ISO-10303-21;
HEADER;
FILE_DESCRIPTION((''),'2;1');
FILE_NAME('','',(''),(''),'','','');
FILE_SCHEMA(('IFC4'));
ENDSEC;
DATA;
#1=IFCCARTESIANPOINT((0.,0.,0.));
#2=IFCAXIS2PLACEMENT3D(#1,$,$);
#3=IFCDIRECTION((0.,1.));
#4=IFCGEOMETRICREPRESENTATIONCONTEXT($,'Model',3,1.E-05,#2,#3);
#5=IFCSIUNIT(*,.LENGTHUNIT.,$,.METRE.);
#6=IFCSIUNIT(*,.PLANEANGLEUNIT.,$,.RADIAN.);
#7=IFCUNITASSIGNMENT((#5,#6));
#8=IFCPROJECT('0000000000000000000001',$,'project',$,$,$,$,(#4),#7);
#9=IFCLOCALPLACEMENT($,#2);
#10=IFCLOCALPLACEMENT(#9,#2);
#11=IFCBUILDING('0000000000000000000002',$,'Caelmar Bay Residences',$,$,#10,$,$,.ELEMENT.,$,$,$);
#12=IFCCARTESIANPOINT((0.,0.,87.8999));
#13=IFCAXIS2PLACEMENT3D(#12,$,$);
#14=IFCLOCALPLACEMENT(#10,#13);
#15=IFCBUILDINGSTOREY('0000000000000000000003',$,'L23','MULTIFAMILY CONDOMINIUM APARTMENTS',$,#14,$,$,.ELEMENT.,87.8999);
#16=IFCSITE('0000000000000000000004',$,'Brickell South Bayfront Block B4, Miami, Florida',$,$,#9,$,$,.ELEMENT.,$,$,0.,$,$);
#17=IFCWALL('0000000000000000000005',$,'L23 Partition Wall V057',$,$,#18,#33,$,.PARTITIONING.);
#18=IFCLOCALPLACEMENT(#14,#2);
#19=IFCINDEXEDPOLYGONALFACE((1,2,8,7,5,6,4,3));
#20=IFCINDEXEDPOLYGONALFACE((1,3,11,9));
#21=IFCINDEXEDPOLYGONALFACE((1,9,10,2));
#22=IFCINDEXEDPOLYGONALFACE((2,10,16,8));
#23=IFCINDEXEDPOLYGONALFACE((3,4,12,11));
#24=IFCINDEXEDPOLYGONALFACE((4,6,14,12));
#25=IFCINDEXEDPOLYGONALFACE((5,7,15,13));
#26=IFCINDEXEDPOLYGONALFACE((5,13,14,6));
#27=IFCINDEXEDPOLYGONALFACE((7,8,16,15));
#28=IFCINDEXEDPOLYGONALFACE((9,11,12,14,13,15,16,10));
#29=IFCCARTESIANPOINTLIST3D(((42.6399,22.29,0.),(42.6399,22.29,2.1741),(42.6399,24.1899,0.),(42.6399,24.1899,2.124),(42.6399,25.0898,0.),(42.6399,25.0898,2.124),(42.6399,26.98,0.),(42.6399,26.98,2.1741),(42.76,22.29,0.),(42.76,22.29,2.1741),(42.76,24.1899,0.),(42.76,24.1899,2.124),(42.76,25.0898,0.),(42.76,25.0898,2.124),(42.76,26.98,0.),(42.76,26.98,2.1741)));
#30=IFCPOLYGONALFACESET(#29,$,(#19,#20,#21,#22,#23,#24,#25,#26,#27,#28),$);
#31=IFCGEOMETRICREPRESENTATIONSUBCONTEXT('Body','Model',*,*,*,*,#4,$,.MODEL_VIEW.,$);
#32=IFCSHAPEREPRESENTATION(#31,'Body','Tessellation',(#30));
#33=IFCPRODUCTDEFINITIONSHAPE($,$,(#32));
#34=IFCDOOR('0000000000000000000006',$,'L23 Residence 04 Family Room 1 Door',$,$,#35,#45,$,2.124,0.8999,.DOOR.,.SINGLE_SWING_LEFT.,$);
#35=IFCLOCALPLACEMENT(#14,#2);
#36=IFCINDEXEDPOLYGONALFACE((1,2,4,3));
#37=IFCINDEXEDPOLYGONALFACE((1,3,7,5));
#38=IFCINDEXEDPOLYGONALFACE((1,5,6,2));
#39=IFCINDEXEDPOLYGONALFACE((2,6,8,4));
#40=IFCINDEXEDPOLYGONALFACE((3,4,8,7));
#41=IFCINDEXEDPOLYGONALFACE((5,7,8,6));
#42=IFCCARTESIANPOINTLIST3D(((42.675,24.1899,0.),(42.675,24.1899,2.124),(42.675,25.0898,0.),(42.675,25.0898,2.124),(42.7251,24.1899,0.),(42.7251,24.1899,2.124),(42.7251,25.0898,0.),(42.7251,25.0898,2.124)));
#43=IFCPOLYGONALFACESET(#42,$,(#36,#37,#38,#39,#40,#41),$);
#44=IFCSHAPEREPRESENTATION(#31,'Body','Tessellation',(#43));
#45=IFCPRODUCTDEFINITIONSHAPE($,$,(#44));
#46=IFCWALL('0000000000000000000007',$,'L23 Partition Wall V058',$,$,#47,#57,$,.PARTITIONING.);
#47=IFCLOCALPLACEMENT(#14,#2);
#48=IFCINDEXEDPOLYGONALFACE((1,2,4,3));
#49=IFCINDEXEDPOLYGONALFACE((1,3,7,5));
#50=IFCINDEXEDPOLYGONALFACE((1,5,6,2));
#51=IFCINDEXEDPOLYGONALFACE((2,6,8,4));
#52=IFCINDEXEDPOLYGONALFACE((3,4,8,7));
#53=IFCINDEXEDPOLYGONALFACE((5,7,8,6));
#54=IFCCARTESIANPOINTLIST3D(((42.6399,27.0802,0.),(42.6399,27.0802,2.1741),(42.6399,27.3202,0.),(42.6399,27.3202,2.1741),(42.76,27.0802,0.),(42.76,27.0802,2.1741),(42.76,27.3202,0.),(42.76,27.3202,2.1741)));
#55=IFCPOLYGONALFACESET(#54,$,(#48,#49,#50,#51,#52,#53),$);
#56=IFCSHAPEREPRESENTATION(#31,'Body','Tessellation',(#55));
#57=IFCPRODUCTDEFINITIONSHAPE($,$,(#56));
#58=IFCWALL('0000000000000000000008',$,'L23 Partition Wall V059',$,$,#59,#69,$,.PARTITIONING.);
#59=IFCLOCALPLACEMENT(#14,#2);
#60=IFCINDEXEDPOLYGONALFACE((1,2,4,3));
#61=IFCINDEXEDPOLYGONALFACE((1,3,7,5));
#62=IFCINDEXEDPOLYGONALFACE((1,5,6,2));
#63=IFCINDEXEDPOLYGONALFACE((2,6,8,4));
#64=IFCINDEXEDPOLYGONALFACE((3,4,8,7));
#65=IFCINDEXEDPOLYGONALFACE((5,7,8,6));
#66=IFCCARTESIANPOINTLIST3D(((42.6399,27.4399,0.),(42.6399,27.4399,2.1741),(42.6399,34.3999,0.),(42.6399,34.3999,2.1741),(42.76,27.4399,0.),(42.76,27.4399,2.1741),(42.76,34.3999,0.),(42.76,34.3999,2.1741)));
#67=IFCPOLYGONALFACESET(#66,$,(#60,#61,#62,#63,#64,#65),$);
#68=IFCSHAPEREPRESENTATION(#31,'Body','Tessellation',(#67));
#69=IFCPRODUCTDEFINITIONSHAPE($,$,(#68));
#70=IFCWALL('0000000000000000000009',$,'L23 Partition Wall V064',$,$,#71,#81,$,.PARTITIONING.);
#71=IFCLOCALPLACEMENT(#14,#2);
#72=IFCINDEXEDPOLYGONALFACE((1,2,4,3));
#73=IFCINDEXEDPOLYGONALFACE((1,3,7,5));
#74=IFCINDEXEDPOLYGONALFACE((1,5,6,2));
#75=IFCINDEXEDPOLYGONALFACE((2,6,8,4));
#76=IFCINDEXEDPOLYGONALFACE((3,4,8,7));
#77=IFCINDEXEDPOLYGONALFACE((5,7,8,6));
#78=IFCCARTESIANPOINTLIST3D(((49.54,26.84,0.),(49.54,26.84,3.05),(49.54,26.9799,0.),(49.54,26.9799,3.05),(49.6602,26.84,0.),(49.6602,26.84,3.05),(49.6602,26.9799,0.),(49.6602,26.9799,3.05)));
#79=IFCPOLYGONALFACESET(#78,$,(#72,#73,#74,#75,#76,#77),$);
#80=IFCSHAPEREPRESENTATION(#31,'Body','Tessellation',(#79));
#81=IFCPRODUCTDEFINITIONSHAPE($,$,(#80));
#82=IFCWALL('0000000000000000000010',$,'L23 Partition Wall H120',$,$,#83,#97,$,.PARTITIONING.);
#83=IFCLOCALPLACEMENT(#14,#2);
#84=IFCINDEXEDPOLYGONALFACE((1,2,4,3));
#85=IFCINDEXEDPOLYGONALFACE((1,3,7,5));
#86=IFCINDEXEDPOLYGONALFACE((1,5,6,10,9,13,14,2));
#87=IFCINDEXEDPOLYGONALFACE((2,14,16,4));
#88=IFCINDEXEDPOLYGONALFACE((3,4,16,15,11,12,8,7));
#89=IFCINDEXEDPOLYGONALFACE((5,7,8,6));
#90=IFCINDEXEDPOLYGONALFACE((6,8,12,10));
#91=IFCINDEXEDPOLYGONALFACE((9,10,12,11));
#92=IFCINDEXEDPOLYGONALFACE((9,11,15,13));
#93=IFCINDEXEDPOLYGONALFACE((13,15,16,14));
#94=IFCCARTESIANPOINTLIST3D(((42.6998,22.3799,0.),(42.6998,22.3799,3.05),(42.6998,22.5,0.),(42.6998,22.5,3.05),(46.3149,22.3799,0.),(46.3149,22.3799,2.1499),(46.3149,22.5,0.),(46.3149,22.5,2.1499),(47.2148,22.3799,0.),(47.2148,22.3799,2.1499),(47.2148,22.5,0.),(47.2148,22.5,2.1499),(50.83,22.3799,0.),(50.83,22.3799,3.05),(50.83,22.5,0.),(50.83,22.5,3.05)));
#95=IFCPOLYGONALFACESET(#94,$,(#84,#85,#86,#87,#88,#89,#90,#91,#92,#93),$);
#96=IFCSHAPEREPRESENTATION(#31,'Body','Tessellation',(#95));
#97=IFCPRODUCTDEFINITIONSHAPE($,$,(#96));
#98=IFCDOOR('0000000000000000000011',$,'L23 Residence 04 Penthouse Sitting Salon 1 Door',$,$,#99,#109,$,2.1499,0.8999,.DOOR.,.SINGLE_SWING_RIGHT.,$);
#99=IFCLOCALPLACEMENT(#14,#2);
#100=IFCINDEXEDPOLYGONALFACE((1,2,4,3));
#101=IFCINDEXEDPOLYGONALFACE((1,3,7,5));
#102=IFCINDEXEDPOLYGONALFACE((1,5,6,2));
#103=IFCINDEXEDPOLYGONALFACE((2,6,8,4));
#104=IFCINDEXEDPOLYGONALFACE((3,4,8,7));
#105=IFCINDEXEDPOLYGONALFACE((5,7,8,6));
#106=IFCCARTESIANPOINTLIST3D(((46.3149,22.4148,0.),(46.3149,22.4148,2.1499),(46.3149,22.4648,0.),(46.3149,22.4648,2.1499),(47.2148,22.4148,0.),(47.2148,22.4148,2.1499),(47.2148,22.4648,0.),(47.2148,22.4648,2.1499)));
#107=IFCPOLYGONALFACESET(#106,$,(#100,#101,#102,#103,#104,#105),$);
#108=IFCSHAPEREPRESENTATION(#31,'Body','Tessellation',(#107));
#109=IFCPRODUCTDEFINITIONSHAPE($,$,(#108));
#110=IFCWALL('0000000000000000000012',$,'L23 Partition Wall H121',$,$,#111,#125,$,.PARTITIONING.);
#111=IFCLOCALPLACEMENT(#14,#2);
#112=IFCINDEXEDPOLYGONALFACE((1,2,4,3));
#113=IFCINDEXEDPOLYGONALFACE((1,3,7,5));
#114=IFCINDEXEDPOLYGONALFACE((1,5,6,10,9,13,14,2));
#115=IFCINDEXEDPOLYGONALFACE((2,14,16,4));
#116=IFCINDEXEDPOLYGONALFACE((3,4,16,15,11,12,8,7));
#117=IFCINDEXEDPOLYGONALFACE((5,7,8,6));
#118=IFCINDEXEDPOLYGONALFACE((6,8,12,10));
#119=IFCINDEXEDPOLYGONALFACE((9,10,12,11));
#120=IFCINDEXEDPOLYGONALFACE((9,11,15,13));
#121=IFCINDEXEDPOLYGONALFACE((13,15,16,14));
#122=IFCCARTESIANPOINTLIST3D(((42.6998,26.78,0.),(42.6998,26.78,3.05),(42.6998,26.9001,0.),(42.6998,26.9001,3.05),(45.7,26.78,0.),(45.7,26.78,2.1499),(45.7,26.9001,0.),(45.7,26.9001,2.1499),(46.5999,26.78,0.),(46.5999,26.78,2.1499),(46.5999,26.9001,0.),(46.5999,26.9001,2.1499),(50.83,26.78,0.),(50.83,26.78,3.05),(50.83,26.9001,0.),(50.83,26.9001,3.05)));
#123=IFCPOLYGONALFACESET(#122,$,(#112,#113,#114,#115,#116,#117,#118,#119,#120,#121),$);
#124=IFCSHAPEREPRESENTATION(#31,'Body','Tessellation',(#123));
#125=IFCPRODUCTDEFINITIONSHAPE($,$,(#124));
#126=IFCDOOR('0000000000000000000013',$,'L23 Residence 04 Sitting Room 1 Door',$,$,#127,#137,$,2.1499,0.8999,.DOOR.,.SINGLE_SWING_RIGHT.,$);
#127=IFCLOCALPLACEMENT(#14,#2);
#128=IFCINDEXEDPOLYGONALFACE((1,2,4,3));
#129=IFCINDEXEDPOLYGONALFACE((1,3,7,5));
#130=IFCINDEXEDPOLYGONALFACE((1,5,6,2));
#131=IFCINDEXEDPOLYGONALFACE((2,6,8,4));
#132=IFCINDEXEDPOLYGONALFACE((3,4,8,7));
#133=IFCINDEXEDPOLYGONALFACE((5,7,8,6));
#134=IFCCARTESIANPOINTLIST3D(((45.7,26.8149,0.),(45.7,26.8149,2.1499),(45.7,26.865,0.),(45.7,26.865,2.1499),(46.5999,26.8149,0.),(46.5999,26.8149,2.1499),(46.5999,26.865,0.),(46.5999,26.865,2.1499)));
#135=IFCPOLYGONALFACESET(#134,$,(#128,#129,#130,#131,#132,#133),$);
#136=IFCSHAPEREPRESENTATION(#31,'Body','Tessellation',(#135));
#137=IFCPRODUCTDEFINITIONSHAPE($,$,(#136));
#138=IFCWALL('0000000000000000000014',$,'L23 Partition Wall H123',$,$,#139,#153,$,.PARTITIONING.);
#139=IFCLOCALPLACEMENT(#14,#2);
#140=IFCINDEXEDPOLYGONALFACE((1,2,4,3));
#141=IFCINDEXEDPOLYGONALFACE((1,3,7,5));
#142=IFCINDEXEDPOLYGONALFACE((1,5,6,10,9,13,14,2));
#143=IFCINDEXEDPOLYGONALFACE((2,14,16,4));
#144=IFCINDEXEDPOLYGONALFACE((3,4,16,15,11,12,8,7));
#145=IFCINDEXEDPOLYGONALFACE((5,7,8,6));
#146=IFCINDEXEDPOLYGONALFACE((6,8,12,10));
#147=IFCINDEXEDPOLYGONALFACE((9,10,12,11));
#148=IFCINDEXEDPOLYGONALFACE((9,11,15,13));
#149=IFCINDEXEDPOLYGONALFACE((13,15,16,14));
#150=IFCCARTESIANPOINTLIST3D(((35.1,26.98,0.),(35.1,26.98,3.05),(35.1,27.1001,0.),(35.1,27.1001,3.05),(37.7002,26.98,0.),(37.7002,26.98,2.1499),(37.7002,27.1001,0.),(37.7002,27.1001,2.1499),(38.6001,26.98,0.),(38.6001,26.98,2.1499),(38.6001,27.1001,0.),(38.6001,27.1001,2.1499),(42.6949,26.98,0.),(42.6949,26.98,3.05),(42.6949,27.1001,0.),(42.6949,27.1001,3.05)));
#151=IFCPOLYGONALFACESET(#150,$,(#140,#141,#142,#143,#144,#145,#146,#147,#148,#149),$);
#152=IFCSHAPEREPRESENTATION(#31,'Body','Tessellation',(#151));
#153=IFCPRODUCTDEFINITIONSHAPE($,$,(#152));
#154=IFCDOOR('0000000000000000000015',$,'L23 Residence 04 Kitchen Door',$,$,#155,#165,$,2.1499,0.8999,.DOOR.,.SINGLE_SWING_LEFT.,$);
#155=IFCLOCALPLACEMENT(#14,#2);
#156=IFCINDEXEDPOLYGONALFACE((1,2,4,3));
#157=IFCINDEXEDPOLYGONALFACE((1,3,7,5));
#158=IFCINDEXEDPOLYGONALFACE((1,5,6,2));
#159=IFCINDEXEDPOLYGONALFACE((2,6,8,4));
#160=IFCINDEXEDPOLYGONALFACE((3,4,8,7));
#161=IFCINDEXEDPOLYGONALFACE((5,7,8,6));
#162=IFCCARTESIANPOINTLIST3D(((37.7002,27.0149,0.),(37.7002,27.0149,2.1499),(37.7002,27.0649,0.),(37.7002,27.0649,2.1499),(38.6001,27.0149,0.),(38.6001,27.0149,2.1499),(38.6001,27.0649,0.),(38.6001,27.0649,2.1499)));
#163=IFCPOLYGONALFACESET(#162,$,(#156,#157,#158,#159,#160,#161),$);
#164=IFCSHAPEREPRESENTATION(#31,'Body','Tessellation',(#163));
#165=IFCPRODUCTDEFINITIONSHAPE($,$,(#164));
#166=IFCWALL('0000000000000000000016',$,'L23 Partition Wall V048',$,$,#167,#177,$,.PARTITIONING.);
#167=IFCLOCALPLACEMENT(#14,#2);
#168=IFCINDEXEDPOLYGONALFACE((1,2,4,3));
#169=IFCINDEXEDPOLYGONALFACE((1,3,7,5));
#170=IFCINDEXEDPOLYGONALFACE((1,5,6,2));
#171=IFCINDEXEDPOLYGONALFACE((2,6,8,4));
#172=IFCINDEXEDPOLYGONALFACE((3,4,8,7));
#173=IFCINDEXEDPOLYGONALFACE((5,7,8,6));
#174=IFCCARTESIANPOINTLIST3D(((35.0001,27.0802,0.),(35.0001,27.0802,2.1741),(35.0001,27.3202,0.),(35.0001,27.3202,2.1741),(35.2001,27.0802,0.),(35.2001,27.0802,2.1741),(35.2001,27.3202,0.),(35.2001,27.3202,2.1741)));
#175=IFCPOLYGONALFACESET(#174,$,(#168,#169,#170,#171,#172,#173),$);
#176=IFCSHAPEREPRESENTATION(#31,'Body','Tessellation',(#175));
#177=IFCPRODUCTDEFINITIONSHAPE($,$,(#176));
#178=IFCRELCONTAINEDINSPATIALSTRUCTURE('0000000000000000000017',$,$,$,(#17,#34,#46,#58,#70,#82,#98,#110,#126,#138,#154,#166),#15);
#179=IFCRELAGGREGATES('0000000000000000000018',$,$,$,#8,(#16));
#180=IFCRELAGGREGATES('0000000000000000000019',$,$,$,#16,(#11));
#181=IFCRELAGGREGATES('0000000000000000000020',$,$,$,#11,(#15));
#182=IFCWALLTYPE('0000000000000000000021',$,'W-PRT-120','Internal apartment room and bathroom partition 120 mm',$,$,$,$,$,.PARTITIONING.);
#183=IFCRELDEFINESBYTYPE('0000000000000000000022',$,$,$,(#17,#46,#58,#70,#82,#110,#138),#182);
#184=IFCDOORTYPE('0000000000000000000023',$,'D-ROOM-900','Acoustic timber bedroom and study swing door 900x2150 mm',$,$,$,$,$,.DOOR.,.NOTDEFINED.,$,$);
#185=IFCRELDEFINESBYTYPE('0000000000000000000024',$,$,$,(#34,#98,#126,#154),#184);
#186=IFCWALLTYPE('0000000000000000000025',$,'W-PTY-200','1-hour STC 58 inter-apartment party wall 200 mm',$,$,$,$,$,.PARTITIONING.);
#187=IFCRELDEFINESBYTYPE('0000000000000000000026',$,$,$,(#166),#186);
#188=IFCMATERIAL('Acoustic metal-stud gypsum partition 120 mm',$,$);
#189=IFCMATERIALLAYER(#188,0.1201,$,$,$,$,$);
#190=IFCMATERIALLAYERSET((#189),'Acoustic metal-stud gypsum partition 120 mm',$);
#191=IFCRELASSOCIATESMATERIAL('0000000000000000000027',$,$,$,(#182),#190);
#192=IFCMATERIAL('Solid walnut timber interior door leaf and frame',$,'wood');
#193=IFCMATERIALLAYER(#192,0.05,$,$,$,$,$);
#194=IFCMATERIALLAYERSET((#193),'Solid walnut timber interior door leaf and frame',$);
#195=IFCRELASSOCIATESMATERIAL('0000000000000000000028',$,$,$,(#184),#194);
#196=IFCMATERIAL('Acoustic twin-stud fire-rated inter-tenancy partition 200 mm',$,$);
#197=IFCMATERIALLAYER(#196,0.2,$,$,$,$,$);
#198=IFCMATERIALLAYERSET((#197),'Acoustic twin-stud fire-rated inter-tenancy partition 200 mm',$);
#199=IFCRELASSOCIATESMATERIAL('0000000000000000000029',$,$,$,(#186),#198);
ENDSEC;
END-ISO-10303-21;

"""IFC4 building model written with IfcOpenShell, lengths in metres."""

from ifc_helpers import new_model, si_unit, direction, frame, frame_2d, origin, place, context, subcontext, project, spatial, rectangle, extrude, material, layer, layer_set, type_object, element, fill, save


model = new_model("IFC4")

# Units and contexts
model_context = context("Model", 3, precision=1e-05, world=origin(), true_north=direction((0.0, 1.0)))
body_context = subcontext(model_context, "Body", "Model", "MODEL_VIEW")
ifc_project = project(units=[si_unit("LENGTHUNIT", "METRE"), si_unit("PLANEANGLEUNIT", "RADIAN")], contexts=[model_context])

# Site, building, storey
site_placement = place(None, origin())
site = spatial("IfcSite", under=ifc_project, at=site_placement, Name="Brickell South Bayfront Block B4, Miami, Florida", CompositionType="ELEMENT", RefElevation=0.0)
building_placement = place(site_placement, origin())
building = spatial("IfcBuilding", under=site, at=building_placement, Name="Caelmar Bay Residences", CompositionType="ELEMENT")
storey_placement = place(building_placement, frame((0.0, 0.0, 87.8999)))
storey = spatial("IfcBuildingStorey", under=building, at=storey_placement, Name="L23", Description="MULTIFAMILY CONDOMINIUM APARTMENTS", CompositionType="ELEMENT", Elevation=87.8999)

# Shared definitions
ifc_material_1 = material(Name="Acoustic metal-stud gypsum partition 120 mm")
ifc_layer_1 = layer(ifc_material_1, 0.1201)
ifc_layer_set_1 = layer_set([ifc_layer_1], Name="Acoustic metal-stud gypsum partition 120 mm")
wall_type_1 = type_object("IfcWallType", Name="W-PRT-120", Description="Internal apartment room and bathroom partition 120 mm", PredefinedType="PARTITIONING", material=ifc_layer_set_1)

# Wall, opening, door
ifc_material_2 = material(Name="Solid walnut timber interior door leaf and frame", Category="wood")
wall_1_placement = place(storey_placement, frame((42.7, 22.29, 0.0), z_axis=(0.0, 0.0, 1.0), x_axis=(0.0, 1.0, 0.0)))
wall_1 = element("IfcWall", 1, at=wall_1_placement, inside=storey, type_object=wall_type_1, Name="L23 Partition Wall V057", PredefinedType="PARTITIONING", context=body_context, shape_type="SweptSolid", body=[
    extrude(rectangle(XDim=4.6899, YDim=0.1201, at=frame_2d((2.345, 0.0))), origin(), (0.0, 0.0, 1.0), 2.1741),
])
opening_1_placement = place(wall_1_placement, frame((1.8999, 0.0, 0.0)))
opening_1 = element("IfcOpeningElement", 2, at=opening_1_placement, cuts=wall_1, PredefinedType="OPENING", context=body_context, shape_type="SweptSolid", body=[
    extrude(rectangle(XDim=0.8999, YDim=2.124, at=frame_2d((0.45, 1.062))), frame((0.0, 0.0701, 0.0), z_axis=(0.0, -1.0, 0.0), x_axis=(1.0, 0.0, 0.0)), (0.0, 0.0, 1.0), 0.1401),
])
ifc_layer_2 = layer(ifc_material_2, 0.05)
ifc_layer_set_2 = layer_set([ifc_layer_2], Name="Solid walnut timber interior door leaf and frame")
door_type_1 = type_object("IfcDoorType", Name="D-ROOM-900", Description="Acoustic timber bedroom and study swing door 900x2150 mm", OperationType="NOTDEFINED", PredefinedType="DOOR", material=ifc_layer_set_2)
door_1_placement = place(opening_1_placement, origin())
door_1 = element("IfcDoor", 3, at=door_1_placement, inside=storey, type_object=door_type_1, Name="L23 Residence 04 Family Room 1 Door", OperationType="SINGLE_SWING_LEFT", OverallHeight=2.124, OverallWidth=0.8999, PredefinedType="DOOR", context=body_context, shape_type="SweptSolid", body=[
    extrude(rectangle(XDim=0.8999, YDim=2.124, at=frame_2d((0.45, 1.062))), frame((0.0, 0.0249, 0.0), z_axis=(0.0, -1.0, 0.0), x_axis=(1.0, 0.0, 0.0)), (0.0, 0.0, 1.0), 0.05),
])
fill(opening_1, door_1)

# Walls
wall_2_placement = place(storey_placement, frame((42.7, 27.0801, 0.0), z_axis=(0.0, 0.0, 1.0), x_axis=(0.0, 1.0, 0.0)))
element("IfcWall", 4, at=wall_2_placement, inside=storey, type_object=wall_type_1, Name="L23 Partition Wall V058", PredefinedType="PARTITIONING", context=body_context, shape_type="SweptSolid", body=[
    extrude(rectangle(XDim=0.24, YDim=0.1201, at=frame_2d((0.1201, 0.0))), origin(), (0.0, 0.0, 1.0), 2.1741),
])
wall_3_placement = place(storey_placement, frame((42.7, 27.4399, 0.0), z_axis=(0.0, 0.0, 1.0), x_axis=(0.0, 1.0, 0.0)))
element("IfcWall", 5, at=wall_3_placement, inside=storey, type_object=wall_type_1, Name="L23 Partition Wall V059", PredefinedType="PARTITIONING", context=body_context, shape_type="SweptSolid", body=[
    extrude(rectangle(XDim=6.96, YDim=0.1201, at=frame_2d((3.48, 0.0))), origin(), (0.0, 0.0, 1.0), 2.1741),
])
wall_4_placement = place(storey_placement, frame((49.6001, 26.8401, 0.0), z_axis=(0.0, 0.0, 1.0), x_axis=(0.0, 1.0, 0.0)))
element("IfcWall", 6, at=wall_4_placement, inside=storey, type_object=wall_type_1, Name="L23 Partition Wall V064", PredefinedType="PARTITIONING", context=body_context, shape_type="SweptSolid", body=[
    extrude(rectangle(XDim=0.1399, YDim=0.1201, at=frame_2d((0.0698, 0.0))), origin(), (0.0, 0.0, 1.0), 3.05),
])

# Walls, openings, doors
wall_5_placement = place(storey_placement, frame((42.7, 22.4399, 0.0), z_axis=(0.0, 0.0, 1.0), x_axis=(1.0, 0.0, 0.0)))
wall_5 = element("IfcWall", 7, at=wall_5_placement, inside=storey, type_object=wall_type_1, Name="L23 Partition Wall H120", PredefinedType="PARTITIONING", context=body_context, shape_type="SweptSolid", body=[
    extrude(rectangle(XDim=8.1301, YDim=0.1201, at=frame_2d((4.0649, 0.0))), origin(), (0.0, 0.0, 1.0), 3.05),
])
opening_2_placement = place(wall_5_placement, frame((3.615, 0.0, 0.0)))
opening_2 = element("IfcOpeningElement", 8, at=opening_2_placement, cuts=wall_5, PredefinedType="OPENING", context=body_context, shape_type="SweptSolid", body=[
    extrude(rectangle(XDim=0.8999, YDim=2.1499, at=frame_2d((0.45, 1.075))), frame((0.0, 0.0701, 0.0), z_axis=(0.0, -1.0, 0.0), x_axis=(1.0, 0.0, 0.0)), (0.0, 0.0, 1.0), 0.1401),
])
door_2_placement = place(opening_2_placement, origin())
door_2 = element("IfcDoor", 9, at=door_2_placement, inside=storey, type_object=door_type_1, Name="L23 Residence 04 Penthouse Sitting Salon 1 Door", OperationType="SINGLE_SWING_RIGHT", OverallHeight=2.1499, OverallWidth=0.8999, PredefinedType="DOOR", context=body_context, shape_type="SweptSolid", body=[
    extrude(rectangle(XDim=0.8999, YDim=2.1499, at=frame_2d((0.45, 1.075))), frame((0.0, 0.0249, 0.0), z_axis=(0.0, -1.0, 0.0), x_axis=(1.0, 0.0, 0.0)), (0.0, 0.0, 1.0), 0.05),
])
fill(opening_2, door_2)
wall_6_placement = place(storey_placement, frame((42.7, 26.8401, 0.0), z_axis=(0.0, 0.0, 1.0), x_axis=(1.0, 0.0, 0.0)))
wall_6 = element("IfcWall", 10, at=wall_6_placement, inside=storey, type_object=wall_type_1, Name="L23 Partition Wall H121", PredefinedType="PARTITIONING", context=body_context, shape_type="SweptSolid", body=[
    extrude(rectangle(XDim=8.1301, YDim=0.1201, at=frame_2d((4.0649, 0.0))), origin(), (0.0, 0.0, 1.0), 3.05),
])
opening_3_placement = place(wall_6_placement, frame((3.0, 0.0, 0.0)))
opening_3 = element("IfcOpeningElement", 11, at=opening_3_placement, cuts=wall_6, PredefinedType="OPENING", context=body_context, shape_type="SweptSolid", body=[
    extrude(rectangle(XDim=0.8999, YDim=2.1499, at=frame_2d((0.45, 1.075))), frame((0.0, 0.0701, 0.0), z_axis=(0.0, -1.0, 0.0), x_axis=(1.0, 0.0, 0.0)), (0.0, 0.0, 1.0), 0.1401),
])
door_3_placement = place(opening_3_placement, origin())
door_3 = element("IfcDoor", 12, at=door_3_placement, inside=storey, type_object=door_type_1, Name="L23 Residence 04 Sitting Room 1 Door", OperationType="SINGLE_SWING_RIGHT", OverallHeight=2.1499, OverallWidth=0.8999, PredefinedType="DOOR", context=body_context, shape_type="SweptSolid", body=[
    extrude(rectangle(XDim=0.8999, YDim=2.1499, at=frame_2d((0.45, 1.075))), frame((0.0, 0.0249, 0.0), z_axis=(0.0, -1.0, 0.0), x_axis=(1.0, 0.0, 0.0)), (0.0, 0.0, 1.0), 0.05),
])
fill(opening_3, door_3)
wall_7_placement = place(storey_placement, frame((35.1001, 27.04, 0.0), z_axis=(0.0, 0.0, 1.0), x_axis=(1.0, 0.0, 0.0)))
wall_7 = element("IfcWall", 13, at=wall_7_placement, inside=storey, type_object=wall_type_1, Name="L23 Partition Wall H123", PredefinedType="PARTITIONING", context=body_context, shape_type="SweptSolid", body=[
    extrude(rectangle(XDim=7.595, YDim=0.1201, at=frame_2d((3.7974, 0.0))), origin(), (0.0, 0.0, 1.0), 3.05),
])
opening_4_placement = place(wall_7_placement, frame((2.6001, 0.0, 0.0)))
opening_4 = element("IfcOpeningElement", 14, at=opening_4_placement, cuts=wall_7, PredefinedType="OPENING", context=body_context, shape_type="SweptSolid", body=[
    extrude(rectangle(XDim=0.8999, YDim=2.1499, at=frame_2d((0.45, 1.075))), frame((0.0, 0.0701, 0.0), z_axis=(0.0, -1.0, 0.0), x_axis=(1.0, 0.0, 0.0)), (0.0, 0.0, 1.0), 0.1401),
])
door_4_placement = place(opening_4_placement, origin())
door_4 = element("IfcDoor", 15, at=door_4_placement, inside=storey, type_object=door_type_1, Name="L23 Residence 04 Kitchen Door", OperationType="SINGLE_SWING_LEFT", OverallHeight=2.1499, OverallWidth=0.8999, PredefinedType="DOOR", context=body_context, shape_type="SweptSolid", body=[
    extrude(rectangle(XDim=0.8999, YDim=2.1499, at=frame_2d((0.45, 1.075))), frame((0.0, 0.0249, 0.0), z_axis=(0.0, -1.0, 0.0), x_axis=(1.0, 0.0, 0.0)), (0.0, 0.0, 1.0), 0.05),
])
fill(opening_4, door_4)

# Wall
ifc_material_3 = material(Name="Acoustic twin-stud fire-rated inter-tenancy partition 200 mm")
ifc_layer_3 = layer(ifc_material_3, 0.2)
ifc_layer_set_3 = layer_set([ifc_layer_3], Name="Acoustic twin-stud fire-rated inter-tenancy partition 200 mm")
wall_type_2 = type_object("IfcWallType", Name="W-PTY-200", Description="1-hour STC 58 inter-apartment party wall 200 mm", PredefinedType="PARTITIONING", material=ifc_layer_set_3)
wall_8_placement = place(storey_placement, frame((35.1001, 27.0801, 0.0), z_axis=(0.0, 0.0, 1.0), x_axis=(0.0, 1.0, 0.0)))
element("IfcWall", 16, at=wall_8_placement, inside=storey, type_object=wall_type_2, Name="L23 Partition Wall V048", PredefinedType="PARTITIONING", context=body_context, shape_type="SweptSolid", body=[
    extrude(rectangle(XDim=0.24, YDim=0.2, at=frame_2d((0.1201, 0.0))), origin(), (0.0, 0.0, 1.0), 2.1741),
])

save(model, "model.ifc")
